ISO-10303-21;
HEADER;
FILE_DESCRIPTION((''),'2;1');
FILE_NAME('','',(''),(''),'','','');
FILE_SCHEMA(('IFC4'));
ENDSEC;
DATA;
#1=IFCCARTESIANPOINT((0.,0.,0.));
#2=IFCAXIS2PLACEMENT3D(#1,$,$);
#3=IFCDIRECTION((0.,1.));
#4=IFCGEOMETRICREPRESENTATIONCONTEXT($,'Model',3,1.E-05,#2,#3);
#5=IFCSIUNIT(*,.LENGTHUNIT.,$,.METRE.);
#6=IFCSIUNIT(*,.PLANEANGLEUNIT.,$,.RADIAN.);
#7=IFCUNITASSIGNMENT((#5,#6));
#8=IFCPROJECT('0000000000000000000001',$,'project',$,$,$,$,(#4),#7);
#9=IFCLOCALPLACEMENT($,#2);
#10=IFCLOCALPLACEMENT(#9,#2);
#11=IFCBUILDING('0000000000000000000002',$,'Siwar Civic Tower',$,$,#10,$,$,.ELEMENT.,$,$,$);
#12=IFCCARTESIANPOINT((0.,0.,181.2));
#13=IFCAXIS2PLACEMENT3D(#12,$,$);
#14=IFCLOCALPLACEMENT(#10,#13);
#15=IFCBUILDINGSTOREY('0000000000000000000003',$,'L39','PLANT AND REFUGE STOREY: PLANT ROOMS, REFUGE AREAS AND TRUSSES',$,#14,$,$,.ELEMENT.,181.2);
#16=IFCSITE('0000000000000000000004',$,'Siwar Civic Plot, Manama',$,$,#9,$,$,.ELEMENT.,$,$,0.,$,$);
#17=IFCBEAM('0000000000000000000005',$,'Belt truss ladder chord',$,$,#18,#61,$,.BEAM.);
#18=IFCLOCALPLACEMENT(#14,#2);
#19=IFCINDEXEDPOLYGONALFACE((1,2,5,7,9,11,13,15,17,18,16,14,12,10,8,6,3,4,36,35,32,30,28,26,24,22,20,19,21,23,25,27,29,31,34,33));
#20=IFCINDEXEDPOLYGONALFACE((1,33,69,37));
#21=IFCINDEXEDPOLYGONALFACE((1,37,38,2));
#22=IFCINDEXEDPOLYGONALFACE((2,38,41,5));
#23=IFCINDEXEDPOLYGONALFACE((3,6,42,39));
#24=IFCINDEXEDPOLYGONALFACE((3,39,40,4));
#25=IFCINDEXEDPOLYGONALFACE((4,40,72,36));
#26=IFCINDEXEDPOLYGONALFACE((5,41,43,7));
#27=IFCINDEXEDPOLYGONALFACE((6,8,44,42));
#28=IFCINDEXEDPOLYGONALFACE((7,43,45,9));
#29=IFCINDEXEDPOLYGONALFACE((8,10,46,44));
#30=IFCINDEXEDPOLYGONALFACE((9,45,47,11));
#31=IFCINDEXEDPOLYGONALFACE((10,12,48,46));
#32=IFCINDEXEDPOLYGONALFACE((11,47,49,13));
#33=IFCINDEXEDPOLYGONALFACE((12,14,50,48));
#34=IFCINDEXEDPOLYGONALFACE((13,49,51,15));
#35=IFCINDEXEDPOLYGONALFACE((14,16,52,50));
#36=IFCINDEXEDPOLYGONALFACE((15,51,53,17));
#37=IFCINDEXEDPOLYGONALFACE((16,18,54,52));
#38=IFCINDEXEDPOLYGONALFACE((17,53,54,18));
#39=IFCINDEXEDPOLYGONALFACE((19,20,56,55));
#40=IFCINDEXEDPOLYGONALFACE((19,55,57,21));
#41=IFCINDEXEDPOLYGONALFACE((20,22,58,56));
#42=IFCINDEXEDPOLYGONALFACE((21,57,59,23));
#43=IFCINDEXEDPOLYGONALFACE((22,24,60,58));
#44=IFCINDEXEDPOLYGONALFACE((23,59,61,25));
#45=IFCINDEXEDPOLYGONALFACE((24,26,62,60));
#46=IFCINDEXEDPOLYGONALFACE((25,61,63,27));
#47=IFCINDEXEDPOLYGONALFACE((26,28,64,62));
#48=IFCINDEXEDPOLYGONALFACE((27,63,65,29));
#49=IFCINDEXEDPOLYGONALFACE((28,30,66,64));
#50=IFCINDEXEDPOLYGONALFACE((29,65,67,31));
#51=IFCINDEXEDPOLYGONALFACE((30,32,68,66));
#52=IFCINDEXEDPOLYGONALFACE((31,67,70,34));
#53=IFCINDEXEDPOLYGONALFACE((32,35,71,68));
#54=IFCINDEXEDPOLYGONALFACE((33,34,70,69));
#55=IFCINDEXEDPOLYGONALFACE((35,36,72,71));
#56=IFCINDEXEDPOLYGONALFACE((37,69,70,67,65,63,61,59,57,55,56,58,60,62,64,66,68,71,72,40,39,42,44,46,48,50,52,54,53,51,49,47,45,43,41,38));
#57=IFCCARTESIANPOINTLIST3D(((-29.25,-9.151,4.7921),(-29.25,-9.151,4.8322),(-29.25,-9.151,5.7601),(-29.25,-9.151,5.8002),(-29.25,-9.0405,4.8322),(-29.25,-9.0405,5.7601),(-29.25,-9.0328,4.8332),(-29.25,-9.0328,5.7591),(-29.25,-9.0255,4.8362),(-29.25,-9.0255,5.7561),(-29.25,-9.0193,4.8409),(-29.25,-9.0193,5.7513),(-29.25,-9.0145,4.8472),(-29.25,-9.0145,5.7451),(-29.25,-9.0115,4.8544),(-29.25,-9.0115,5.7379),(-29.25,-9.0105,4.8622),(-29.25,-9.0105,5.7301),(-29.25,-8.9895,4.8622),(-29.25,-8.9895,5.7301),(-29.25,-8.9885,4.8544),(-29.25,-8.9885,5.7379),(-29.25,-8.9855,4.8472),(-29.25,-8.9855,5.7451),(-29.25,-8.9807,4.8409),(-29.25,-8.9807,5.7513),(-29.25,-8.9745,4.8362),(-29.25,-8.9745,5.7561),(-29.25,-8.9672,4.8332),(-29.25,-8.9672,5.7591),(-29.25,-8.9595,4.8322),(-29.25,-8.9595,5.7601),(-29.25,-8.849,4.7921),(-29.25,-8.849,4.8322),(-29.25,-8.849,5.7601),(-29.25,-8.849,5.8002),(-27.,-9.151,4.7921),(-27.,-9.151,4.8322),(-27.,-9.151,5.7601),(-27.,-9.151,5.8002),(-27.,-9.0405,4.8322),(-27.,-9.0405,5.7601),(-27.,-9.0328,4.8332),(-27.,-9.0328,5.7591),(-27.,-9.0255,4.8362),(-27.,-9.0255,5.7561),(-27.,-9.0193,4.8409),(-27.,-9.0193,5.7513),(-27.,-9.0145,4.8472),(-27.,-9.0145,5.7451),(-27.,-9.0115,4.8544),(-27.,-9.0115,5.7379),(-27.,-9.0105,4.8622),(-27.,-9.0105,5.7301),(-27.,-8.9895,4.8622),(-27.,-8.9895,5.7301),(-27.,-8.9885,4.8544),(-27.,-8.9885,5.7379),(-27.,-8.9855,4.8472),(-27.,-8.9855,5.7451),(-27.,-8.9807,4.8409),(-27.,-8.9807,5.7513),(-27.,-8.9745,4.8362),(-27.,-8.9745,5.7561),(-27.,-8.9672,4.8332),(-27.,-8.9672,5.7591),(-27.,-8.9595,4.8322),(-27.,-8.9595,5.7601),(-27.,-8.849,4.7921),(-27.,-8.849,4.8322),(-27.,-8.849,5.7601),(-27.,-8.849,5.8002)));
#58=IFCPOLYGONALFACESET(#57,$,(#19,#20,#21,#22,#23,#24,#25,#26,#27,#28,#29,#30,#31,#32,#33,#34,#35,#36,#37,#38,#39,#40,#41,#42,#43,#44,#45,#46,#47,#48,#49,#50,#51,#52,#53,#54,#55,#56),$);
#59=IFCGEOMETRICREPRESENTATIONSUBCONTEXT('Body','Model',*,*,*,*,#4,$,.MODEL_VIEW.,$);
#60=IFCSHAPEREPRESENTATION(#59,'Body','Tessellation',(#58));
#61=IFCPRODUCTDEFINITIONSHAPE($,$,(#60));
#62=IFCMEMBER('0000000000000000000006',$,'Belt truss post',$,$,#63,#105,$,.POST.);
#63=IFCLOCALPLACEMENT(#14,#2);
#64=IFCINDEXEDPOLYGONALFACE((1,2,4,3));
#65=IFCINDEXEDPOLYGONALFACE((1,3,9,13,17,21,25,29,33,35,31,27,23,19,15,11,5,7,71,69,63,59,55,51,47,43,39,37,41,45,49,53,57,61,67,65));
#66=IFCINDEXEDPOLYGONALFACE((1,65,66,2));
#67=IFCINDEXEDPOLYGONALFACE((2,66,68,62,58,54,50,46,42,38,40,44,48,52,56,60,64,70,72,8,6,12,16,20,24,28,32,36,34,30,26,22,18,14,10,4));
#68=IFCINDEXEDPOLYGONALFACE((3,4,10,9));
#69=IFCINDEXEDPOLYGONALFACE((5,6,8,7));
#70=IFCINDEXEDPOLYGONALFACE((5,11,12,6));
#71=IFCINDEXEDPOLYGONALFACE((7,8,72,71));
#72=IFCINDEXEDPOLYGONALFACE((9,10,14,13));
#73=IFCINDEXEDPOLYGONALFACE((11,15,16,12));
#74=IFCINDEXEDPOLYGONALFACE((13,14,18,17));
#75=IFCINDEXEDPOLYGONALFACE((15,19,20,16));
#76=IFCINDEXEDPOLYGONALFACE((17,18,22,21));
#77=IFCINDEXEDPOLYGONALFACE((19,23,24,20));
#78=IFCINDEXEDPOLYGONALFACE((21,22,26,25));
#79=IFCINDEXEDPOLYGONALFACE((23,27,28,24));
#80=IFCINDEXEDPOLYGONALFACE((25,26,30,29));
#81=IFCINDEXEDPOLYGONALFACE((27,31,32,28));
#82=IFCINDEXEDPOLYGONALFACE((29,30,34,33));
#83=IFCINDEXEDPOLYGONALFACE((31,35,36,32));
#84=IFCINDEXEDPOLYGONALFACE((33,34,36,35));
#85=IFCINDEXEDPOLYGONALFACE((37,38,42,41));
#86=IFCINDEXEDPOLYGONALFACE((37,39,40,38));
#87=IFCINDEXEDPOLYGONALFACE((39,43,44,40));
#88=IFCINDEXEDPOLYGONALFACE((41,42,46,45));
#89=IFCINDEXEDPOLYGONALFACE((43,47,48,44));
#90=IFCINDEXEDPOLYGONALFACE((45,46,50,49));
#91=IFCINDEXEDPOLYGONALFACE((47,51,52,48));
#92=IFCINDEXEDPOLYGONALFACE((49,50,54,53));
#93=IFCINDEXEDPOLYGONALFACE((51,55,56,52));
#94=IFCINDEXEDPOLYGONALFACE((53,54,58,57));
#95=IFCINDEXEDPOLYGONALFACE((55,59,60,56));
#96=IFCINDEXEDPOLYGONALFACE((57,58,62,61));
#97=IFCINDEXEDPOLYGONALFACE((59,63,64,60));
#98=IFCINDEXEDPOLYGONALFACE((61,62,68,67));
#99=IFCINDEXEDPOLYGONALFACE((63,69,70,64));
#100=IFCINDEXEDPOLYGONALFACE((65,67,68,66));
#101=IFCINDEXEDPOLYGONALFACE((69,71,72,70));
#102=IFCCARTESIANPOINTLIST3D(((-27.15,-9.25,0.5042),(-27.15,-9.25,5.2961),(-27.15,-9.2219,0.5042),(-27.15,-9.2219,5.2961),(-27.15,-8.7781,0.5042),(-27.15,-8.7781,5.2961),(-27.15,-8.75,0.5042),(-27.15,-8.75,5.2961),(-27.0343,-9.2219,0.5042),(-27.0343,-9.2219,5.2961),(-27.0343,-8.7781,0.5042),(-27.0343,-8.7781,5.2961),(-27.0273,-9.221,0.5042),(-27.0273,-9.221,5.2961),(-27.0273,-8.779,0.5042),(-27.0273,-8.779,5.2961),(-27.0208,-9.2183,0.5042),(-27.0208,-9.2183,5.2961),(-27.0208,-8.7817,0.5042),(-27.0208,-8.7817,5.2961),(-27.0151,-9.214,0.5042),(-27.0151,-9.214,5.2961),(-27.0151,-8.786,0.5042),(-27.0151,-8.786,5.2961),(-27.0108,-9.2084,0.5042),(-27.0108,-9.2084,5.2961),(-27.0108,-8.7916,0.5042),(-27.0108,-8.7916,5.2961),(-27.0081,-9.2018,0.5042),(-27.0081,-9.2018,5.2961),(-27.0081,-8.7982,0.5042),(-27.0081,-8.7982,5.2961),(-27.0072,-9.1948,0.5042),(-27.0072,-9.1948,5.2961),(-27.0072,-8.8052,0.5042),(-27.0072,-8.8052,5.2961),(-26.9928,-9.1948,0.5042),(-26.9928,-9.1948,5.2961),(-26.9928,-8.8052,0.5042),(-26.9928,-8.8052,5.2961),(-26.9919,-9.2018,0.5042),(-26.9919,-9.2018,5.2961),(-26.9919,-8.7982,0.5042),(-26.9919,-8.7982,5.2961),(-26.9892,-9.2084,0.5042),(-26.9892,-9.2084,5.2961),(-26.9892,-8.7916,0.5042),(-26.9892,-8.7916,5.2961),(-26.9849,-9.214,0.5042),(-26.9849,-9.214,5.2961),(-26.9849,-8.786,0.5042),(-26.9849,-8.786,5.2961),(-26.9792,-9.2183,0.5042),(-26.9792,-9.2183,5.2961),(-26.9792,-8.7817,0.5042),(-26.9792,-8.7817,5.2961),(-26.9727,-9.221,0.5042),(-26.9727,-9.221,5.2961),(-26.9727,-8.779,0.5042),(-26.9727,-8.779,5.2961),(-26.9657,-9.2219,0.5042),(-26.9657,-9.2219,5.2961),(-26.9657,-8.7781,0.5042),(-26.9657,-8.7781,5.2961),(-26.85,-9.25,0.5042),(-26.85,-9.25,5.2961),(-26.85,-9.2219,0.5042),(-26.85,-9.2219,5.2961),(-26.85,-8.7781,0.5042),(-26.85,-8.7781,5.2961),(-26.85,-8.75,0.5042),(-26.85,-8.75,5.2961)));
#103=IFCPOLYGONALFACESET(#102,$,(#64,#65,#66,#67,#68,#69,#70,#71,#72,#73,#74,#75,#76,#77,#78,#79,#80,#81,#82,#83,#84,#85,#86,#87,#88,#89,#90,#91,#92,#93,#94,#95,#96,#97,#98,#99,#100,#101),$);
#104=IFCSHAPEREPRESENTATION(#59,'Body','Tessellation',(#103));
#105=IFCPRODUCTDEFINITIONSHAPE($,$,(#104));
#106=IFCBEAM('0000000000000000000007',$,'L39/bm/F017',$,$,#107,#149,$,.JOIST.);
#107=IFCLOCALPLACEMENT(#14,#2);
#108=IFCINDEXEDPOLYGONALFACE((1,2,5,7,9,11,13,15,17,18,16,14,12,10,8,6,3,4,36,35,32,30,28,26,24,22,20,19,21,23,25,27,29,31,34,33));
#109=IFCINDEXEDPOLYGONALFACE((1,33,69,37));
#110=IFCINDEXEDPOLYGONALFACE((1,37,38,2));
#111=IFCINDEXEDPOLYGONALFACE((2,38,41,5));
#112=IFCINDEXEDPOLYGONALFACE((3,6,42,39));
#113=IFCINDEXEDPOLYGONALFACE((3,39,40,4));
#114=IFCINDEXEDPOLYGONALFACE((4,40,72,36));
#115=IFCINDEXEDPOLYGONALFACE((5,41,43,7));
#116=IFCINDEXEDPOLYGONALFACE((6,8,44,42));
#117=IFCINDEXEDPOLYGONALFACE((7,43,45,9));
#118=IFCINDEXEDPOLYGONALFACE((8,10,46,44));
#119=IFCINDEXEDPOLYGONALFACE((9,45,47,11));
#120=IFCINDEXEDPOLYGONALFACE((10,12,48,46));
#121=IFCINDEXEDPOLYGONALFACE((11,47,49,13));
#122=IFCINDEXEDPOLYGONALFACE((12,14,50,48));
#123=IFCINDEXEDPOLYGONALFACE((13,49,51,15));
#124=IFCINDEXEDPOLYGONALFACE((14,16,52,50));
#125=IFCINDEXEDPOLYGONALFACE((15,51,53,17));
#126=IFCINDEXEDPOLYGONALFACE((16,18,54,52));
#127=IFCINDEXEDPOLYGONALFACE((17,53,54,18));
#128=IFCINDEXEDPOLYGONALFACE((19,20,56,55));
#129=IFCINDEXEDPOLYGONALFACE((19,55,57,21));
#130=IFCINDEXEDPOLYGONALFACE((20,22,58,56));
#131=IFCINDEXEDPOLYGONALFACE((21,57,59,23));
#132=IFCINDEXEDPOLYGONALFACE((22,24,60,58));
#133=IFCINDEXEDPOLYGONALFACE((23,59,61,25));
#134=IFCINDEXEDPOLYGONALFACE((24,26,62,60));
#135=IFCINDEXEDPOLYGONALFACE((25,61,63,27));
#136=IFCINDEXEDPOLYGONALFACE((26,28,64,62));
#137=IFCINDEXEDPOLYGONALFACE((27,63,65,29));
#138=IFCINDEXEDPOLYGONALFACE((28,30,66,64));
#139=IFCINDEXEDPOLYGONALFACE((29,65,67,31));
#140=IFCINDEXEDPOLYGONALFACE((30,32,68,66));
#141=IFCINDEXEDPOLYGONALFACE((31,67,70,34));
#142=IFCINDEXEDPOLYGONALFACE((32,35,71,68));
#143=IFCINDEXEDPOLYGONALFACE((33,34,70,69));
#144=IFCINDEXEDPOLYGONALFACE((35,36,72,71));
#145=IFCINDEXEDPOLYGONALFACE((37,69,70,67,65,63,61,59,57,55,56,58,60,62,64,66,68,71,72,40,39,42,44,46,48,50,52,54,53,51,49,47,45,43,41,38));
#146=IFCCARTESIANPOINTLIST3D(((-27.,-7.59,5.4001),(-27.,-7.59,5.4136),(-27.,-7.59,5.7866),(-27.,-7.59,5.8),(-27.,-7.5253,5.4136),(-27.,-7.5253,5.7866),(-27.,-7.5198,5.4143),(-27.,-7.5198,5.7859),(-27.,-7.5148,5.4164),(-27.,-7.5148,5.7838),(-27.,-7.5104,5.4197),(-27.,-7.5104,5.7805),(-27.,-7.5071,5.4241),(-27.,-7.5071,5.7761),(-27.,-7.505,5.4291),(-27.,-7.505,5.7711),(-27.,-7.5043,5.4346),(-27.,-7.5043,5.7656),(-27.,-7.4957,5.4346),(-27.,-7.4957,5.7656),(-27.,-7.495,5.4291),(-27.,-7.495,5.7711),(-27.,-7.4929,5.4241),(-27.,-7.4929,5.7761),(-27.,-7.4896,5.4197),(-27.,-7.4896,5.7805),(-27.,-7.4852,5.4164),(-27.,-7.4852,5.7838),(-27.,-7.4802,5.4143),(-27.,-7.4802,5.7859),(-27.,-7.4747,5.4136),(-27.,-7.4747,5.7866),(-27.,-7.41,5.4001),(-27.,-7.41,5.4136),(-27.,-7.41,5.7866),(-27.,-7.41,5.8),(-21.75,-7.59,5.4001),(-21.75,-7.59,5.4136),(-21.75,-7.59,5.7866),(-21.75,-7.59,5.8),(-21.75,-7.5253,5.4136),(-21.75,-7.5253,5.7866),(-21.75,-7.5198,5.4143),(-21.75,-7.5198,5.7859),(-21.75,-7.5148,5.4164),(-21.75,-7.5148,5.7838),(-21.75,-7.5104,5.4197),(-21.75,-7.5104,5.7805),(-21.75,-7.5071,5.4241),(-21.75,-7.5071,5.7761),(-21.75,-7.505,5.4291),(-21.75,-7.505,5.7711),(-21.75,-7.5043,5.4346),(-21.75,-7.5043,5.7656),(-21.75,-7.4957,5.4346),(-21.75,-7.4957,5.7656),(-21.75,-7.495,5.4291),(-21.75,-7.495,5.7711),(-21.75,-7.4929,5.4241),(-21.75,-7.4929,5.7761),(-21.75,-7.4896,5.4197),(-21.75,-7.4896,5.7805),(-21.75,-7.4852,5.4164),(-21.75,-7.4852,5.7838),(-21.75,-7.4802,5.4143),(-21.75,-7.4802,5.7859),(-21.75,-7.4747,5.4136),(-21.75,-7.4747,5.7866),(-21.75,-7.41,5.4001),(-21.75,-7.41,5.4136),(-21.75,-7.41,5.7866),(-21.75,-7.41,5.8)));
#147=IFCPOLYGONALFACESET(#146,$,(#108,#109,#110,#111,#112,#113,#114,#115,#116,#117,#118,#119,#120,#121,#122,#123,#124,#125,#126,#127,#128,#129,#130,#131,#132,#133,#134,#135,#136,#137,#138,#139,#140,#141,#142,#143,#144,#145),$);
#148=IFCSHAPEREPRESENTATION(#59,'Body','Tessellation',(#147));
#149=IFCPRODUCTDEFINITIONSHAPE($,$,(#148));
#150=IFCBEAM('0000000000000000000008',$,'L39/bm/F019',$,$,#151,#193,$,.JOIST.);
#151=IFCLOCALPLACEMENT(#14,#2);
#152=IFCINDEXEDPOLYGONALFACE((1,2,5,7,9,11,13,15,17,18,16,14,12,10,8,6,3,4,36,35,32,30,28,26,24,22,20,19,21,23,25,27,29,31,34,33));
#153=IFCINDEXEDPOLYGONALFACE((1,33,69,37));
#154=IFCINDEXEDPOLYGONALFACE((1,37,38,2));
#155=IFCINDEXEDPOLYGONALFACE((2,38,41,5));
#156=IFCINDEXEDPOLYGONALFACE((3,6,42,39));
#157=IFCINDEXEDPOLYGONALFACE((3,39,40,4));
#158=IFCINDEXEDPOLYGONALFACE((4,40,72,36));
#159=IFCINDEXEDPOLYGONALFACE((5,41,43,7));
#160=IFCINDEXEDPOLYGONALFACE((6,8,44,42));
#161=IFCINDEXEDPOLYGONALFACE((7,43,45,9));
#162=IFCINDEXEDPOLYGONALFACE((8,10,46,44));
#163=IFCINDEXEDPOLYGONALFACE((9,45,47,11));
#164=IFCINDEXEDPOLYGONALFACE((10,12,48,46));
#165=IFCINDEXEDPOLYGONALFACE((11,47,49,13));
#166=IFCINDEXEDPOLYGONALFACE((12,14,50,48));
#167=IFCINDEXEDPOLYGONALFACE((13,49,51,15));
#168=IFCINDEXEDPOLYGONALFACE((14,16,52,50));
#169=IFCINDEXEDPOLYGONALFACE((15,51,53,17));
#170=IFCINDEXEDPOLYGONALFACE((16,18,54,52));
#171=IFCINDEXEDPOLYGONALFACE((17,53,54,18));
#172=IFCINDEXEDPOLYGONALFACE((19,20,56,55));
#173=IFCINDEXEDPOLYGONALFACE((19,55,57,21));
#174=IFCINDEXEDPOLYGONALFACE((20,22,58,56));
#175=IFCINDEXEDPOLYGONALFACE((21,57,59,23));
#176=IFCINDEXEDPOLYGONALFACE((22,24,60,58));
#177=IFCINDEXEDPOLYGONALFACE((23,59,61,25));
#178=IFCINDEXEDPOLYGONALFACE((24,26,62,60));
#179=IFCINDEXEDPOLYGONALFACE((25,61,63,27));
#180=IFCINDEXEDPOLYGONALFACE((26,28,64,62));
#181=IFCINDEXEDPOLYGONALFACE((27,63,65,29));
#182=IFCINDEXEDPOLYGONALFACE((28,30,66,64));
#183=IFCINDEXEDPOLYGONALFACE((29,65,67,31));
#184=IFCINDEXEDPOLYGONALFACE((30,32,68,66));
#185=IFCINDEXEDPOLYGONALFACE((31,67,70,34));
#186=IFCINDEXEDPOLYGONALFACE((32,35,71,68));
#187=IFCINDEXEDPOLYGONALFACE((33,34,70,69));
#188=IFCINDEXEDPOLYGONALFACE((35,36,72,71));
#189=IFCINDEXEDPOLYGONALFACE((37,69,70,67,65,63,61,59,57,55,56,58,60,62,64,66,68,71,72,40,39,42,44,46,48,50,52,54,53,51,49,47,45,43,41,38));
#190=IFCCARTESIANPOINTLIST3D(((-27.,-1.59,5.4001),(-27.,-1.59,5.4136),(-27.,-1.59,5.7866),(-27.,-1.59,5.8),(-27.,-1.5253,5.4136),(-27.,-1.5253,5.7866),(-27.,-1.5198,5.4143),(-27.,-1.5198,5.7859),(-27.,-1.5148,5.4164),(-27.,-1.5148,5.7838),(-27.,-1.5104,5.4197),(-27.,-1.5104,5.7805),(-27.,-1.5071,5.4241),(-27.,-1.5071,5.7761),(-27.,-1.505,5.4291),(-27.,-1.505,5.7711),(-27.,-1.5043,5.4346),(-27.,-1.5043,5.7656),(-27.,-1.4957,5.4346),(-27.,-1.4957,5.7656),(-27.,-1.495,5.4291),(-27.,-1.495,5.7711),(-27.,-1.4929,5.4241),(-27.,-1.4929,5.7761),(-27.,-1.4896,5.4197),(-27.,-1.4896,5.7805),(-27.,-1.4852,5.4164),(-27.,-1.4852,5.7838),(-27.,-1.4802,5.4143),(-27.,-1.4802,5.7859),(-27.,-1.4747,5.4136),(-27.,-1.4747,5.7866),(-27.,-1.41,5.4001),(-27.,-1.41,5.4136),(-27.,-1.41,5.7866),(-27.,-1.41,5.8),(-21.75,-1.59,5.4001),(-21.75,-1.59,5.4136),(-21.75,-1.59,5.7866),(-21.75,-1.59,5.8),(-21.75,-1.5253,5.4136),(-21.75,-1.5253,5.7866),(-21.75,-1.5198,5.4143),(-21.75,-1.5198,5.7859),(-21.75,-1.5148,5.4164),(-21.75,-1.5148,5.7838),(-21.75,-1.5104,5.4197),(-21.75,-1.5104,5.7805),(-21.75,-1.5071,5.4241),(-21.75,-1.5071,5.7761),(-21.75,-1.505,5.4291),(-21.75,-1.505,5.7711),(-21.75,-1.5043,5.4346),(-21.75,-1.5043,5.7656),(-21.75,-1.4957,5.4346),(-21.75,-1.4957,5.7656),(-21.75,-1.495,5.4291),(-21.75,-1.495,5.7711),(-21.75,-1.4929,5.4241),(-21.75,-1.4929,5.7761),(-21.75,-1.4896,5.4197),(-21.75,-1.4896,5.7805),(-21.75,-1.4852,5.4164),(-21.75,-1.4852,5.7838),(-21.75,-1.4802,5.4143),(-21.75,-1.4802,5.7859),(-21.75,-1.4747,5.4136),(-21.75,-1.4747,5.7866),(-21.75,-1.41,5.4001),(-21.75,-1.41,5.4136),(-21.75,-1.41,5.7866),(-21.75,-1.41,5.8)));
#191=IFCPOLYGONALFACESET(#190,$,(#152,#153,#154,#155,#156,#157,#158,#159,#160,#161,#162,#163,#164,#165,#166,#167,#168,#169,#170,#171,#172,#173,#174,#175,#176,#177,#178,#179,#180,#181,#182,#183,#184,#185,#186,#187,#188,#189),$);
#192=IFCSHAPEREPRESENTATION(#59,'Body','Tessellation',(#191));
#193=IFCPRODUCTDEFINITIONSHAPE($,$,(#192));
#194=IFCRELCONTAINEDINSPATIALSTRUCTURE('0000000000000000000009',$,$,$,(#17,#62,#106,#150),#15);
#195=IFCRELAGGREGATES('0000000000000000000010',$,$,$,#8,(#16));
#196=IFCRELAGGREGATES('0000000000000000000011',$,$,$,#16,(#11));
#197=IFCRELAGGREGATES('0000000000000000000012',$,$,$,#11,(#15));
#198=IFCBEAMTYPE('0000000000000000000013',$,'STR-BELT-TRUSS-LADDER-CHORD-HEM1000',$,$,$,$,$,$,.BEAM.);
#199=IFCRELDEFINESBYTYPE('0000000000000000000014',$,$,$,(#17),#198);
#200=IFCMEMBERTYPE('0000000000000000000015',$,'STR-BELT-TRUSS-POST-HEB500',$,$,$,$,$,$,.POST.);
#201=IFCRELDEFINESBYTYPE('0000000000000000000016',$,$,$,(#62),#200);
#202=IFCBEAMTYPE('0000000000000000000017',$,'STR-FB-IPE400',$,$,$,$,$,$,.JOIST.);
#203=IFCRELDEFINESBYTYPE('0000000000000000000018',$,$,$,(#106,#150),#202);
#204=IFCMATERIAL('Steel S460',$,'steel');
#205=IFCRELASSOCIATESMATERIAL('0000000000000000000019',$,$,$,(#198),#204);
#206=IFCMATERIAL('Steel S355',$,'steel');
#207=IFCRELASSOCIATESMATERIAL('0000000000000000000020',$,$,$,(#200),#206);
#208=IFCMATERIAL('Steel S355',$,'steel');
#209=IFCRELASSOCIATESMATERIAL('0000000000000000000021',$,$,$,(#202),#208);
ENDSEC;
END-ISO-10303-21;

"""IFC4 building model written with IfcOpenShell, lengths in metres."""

from ifc_helpers import new_model, si_unit, direction, frame, origin, origin_2d, place, context, subcontext, project, spatial, i_section, extrude, material, material_profile, profile_set, type_object, element, save


model = new_model("IFC4")

# Units and contexts
model_context = context("Model", 3, precision=1e-05, world=origin(), true_north=direction((0.0, 1.0)))
body_context = subcontext(model_context, "Body", "Model", "MODEL_VIEW")
ifc_project = project(units=[si_unit("LENGTHUNIT", "METRE"), si_unit("PLANEANGLEUNIT", "RADIAN")], contexts=[model_context])

# Site, building, storey
site_placement = place(None, origin())
site = spatial("IfcSite", under=ifc_project, at=site_placement, Name="Siwar Civic Plot, Manama", CompositionType="ELEMENT", RefElevation=0.0)
building_placement = place(site_placement, origin())
building = spatial("IfcBuilding", under=site, at=building_placement, Name="Siwar Civic Tower", CompositionType="ELEMENT")
storey_placement = place(building_placement, frame((0.0, 0.0, 181.2)))
storey = spatial("IfcBuildingStorey", under=building, at=storey_placement, Name="L39", Description="PLANT AND REFUGE STOREY: PLANT ROOMS, REFUGE AREAS AND TRUSSES", CompositionType="ELEMENT", Elevation=181.2)

# Beam
ifc_material_1 = material(Name="Steel S460", Category="steel")
ifc_material_profile_1 = material_profile(ifc_material_1, i_section(OverallWidth=0.302, OverallDepth=1.0081, WebThickness=0.021, FlangeThickness=0.04, FilletRadius=0.03, at=origin_2d()), Name="HEM1000")
ifc_profile_set_1 = profile_set([ifc_material_profile_1], Name="Steel S460")
beam_type_1 = type_object("IfcBeamType", Name="STR-BELT-TRUSS-LADDER-CHORD-HEM1000", PredefinedType="BEAM", material=ifc_profile_set_1)
for number, where, z_axis, x_axis, name in (
    (1, (-27.0, -9.0, 5.2961), (-1.0, 0.0, 0.0), (0.0, -1.0, 0.0), "Belt truss ladder chord"),
):
    element("IfcBeam", number, at=place(storey_placement, frame(where, z_axis=z_axis, x_axis=x_axis)), inside=storey, type_object=beam_type_1, Name=name, PredefinedType="BEAM", context=body_context, shape_type="SweptSolid", body=[
        extrude(i_section(OverallWidth=0.302, OverallDepth=1.0081, WebThickness=0.021, FlangeThickness=0.04, FilletRadius=0.03, at=origin_2d()), origin(), (0.0, 0.0, 1.0), 2.25),
    ])

# Member
ifc_material_2 = material(Name="Steel S355", Category="steel")
ifc_material_profile_2 = material_profile(ifc_material_2, i_section(OverallWidth=0.3, OverallDepth=0.5, WebThickness=0.0144, FlangeThickness=0.0281, FilletRadius=0.0271, at=origin_2d()), Name="HEB500")
ifc_profile_set_2 = profile_set([ifc_material_profile_2], Name="Steel S355")
member_type_1 = type_object("IfcMemberType", Name="STR-BELT-TRUSS-POST-HEB500", PredefinedType="POST", material=ifc_profile_set_2)
member_1_placement = place(storey_placement, frame((-27.0, -9.0, 0.5042), z_axis=(0.0, 0.0, 1.0), x_axis=(1.0, 0.0, 0.0)))
element("IfcMember", 2, at=member_1_placement, inside=storey, type_object=member_type_1, Name="Belt truss post", PredefinedType="POST", context=body_context, shape_type="SweptSolid", body=[
    extrude(i_section(OverallWidth=0.3, OverallDepth=0.5, WebThickness=0.0144, FlangeThickness=0.0281, FilletRadius=0.0271, at=origin_2d()), origin(), (0.0, 0.0, 1.0), 4.792),
])

# Beams
ifc_material_3 = material(Name="Steel S355", Category="steel")
ifc_material_profile_3 = material_profile(ifc_material_3, i_section(OverallWidth=0.1799, OverallDepth=0.3999, WebThickness=0.0085, FlangeThickness=0.0134, FilletRadius=0.021, at=origin_2d()), Name="IPE400")
ifc_profile_set_3 = profile_set([ifc_material_profile_3], Name="Steel S355")
beam_type_2 = type_object("IfcBeamType", Name="STR-FB-IPE400", PredefinedType="JOIST", material=ifc_profile_set_3)
for number, where, z_axis, x_axis, name in (
    (3, (-27.0, -7.5, 5.6001), (1.0, 0.0, 0.0), (0.0, 1.0, 0.0), "L39/bm/F017"),
    (4, (-27.0, -1.5, 5.6001), (1.0, 0.0, 0.0), (0.0, 1.0, 0.0), "L39/bm/F019"),
):
    element("IfcBeam", number, at=place(storey_placement, frame(where, z_axis=z_axis, x_axis=x_axis)), inside=storey, type_object=beam_type_2, Name=name, PredefinedType="JOIST", context=body_context, shape_type="SweptSolid", body=[
        extrude(i_section(OverallWidth=0.1799, OverallDepth=0.3999, WebThickness=0.0085, FlangeThickness=0.0134, FilletRadius=0.021, at=origin_2d()), origin(), (0.0, 0.0, 1.0), 5.25),
    ])

save(model, "model.ifc")
